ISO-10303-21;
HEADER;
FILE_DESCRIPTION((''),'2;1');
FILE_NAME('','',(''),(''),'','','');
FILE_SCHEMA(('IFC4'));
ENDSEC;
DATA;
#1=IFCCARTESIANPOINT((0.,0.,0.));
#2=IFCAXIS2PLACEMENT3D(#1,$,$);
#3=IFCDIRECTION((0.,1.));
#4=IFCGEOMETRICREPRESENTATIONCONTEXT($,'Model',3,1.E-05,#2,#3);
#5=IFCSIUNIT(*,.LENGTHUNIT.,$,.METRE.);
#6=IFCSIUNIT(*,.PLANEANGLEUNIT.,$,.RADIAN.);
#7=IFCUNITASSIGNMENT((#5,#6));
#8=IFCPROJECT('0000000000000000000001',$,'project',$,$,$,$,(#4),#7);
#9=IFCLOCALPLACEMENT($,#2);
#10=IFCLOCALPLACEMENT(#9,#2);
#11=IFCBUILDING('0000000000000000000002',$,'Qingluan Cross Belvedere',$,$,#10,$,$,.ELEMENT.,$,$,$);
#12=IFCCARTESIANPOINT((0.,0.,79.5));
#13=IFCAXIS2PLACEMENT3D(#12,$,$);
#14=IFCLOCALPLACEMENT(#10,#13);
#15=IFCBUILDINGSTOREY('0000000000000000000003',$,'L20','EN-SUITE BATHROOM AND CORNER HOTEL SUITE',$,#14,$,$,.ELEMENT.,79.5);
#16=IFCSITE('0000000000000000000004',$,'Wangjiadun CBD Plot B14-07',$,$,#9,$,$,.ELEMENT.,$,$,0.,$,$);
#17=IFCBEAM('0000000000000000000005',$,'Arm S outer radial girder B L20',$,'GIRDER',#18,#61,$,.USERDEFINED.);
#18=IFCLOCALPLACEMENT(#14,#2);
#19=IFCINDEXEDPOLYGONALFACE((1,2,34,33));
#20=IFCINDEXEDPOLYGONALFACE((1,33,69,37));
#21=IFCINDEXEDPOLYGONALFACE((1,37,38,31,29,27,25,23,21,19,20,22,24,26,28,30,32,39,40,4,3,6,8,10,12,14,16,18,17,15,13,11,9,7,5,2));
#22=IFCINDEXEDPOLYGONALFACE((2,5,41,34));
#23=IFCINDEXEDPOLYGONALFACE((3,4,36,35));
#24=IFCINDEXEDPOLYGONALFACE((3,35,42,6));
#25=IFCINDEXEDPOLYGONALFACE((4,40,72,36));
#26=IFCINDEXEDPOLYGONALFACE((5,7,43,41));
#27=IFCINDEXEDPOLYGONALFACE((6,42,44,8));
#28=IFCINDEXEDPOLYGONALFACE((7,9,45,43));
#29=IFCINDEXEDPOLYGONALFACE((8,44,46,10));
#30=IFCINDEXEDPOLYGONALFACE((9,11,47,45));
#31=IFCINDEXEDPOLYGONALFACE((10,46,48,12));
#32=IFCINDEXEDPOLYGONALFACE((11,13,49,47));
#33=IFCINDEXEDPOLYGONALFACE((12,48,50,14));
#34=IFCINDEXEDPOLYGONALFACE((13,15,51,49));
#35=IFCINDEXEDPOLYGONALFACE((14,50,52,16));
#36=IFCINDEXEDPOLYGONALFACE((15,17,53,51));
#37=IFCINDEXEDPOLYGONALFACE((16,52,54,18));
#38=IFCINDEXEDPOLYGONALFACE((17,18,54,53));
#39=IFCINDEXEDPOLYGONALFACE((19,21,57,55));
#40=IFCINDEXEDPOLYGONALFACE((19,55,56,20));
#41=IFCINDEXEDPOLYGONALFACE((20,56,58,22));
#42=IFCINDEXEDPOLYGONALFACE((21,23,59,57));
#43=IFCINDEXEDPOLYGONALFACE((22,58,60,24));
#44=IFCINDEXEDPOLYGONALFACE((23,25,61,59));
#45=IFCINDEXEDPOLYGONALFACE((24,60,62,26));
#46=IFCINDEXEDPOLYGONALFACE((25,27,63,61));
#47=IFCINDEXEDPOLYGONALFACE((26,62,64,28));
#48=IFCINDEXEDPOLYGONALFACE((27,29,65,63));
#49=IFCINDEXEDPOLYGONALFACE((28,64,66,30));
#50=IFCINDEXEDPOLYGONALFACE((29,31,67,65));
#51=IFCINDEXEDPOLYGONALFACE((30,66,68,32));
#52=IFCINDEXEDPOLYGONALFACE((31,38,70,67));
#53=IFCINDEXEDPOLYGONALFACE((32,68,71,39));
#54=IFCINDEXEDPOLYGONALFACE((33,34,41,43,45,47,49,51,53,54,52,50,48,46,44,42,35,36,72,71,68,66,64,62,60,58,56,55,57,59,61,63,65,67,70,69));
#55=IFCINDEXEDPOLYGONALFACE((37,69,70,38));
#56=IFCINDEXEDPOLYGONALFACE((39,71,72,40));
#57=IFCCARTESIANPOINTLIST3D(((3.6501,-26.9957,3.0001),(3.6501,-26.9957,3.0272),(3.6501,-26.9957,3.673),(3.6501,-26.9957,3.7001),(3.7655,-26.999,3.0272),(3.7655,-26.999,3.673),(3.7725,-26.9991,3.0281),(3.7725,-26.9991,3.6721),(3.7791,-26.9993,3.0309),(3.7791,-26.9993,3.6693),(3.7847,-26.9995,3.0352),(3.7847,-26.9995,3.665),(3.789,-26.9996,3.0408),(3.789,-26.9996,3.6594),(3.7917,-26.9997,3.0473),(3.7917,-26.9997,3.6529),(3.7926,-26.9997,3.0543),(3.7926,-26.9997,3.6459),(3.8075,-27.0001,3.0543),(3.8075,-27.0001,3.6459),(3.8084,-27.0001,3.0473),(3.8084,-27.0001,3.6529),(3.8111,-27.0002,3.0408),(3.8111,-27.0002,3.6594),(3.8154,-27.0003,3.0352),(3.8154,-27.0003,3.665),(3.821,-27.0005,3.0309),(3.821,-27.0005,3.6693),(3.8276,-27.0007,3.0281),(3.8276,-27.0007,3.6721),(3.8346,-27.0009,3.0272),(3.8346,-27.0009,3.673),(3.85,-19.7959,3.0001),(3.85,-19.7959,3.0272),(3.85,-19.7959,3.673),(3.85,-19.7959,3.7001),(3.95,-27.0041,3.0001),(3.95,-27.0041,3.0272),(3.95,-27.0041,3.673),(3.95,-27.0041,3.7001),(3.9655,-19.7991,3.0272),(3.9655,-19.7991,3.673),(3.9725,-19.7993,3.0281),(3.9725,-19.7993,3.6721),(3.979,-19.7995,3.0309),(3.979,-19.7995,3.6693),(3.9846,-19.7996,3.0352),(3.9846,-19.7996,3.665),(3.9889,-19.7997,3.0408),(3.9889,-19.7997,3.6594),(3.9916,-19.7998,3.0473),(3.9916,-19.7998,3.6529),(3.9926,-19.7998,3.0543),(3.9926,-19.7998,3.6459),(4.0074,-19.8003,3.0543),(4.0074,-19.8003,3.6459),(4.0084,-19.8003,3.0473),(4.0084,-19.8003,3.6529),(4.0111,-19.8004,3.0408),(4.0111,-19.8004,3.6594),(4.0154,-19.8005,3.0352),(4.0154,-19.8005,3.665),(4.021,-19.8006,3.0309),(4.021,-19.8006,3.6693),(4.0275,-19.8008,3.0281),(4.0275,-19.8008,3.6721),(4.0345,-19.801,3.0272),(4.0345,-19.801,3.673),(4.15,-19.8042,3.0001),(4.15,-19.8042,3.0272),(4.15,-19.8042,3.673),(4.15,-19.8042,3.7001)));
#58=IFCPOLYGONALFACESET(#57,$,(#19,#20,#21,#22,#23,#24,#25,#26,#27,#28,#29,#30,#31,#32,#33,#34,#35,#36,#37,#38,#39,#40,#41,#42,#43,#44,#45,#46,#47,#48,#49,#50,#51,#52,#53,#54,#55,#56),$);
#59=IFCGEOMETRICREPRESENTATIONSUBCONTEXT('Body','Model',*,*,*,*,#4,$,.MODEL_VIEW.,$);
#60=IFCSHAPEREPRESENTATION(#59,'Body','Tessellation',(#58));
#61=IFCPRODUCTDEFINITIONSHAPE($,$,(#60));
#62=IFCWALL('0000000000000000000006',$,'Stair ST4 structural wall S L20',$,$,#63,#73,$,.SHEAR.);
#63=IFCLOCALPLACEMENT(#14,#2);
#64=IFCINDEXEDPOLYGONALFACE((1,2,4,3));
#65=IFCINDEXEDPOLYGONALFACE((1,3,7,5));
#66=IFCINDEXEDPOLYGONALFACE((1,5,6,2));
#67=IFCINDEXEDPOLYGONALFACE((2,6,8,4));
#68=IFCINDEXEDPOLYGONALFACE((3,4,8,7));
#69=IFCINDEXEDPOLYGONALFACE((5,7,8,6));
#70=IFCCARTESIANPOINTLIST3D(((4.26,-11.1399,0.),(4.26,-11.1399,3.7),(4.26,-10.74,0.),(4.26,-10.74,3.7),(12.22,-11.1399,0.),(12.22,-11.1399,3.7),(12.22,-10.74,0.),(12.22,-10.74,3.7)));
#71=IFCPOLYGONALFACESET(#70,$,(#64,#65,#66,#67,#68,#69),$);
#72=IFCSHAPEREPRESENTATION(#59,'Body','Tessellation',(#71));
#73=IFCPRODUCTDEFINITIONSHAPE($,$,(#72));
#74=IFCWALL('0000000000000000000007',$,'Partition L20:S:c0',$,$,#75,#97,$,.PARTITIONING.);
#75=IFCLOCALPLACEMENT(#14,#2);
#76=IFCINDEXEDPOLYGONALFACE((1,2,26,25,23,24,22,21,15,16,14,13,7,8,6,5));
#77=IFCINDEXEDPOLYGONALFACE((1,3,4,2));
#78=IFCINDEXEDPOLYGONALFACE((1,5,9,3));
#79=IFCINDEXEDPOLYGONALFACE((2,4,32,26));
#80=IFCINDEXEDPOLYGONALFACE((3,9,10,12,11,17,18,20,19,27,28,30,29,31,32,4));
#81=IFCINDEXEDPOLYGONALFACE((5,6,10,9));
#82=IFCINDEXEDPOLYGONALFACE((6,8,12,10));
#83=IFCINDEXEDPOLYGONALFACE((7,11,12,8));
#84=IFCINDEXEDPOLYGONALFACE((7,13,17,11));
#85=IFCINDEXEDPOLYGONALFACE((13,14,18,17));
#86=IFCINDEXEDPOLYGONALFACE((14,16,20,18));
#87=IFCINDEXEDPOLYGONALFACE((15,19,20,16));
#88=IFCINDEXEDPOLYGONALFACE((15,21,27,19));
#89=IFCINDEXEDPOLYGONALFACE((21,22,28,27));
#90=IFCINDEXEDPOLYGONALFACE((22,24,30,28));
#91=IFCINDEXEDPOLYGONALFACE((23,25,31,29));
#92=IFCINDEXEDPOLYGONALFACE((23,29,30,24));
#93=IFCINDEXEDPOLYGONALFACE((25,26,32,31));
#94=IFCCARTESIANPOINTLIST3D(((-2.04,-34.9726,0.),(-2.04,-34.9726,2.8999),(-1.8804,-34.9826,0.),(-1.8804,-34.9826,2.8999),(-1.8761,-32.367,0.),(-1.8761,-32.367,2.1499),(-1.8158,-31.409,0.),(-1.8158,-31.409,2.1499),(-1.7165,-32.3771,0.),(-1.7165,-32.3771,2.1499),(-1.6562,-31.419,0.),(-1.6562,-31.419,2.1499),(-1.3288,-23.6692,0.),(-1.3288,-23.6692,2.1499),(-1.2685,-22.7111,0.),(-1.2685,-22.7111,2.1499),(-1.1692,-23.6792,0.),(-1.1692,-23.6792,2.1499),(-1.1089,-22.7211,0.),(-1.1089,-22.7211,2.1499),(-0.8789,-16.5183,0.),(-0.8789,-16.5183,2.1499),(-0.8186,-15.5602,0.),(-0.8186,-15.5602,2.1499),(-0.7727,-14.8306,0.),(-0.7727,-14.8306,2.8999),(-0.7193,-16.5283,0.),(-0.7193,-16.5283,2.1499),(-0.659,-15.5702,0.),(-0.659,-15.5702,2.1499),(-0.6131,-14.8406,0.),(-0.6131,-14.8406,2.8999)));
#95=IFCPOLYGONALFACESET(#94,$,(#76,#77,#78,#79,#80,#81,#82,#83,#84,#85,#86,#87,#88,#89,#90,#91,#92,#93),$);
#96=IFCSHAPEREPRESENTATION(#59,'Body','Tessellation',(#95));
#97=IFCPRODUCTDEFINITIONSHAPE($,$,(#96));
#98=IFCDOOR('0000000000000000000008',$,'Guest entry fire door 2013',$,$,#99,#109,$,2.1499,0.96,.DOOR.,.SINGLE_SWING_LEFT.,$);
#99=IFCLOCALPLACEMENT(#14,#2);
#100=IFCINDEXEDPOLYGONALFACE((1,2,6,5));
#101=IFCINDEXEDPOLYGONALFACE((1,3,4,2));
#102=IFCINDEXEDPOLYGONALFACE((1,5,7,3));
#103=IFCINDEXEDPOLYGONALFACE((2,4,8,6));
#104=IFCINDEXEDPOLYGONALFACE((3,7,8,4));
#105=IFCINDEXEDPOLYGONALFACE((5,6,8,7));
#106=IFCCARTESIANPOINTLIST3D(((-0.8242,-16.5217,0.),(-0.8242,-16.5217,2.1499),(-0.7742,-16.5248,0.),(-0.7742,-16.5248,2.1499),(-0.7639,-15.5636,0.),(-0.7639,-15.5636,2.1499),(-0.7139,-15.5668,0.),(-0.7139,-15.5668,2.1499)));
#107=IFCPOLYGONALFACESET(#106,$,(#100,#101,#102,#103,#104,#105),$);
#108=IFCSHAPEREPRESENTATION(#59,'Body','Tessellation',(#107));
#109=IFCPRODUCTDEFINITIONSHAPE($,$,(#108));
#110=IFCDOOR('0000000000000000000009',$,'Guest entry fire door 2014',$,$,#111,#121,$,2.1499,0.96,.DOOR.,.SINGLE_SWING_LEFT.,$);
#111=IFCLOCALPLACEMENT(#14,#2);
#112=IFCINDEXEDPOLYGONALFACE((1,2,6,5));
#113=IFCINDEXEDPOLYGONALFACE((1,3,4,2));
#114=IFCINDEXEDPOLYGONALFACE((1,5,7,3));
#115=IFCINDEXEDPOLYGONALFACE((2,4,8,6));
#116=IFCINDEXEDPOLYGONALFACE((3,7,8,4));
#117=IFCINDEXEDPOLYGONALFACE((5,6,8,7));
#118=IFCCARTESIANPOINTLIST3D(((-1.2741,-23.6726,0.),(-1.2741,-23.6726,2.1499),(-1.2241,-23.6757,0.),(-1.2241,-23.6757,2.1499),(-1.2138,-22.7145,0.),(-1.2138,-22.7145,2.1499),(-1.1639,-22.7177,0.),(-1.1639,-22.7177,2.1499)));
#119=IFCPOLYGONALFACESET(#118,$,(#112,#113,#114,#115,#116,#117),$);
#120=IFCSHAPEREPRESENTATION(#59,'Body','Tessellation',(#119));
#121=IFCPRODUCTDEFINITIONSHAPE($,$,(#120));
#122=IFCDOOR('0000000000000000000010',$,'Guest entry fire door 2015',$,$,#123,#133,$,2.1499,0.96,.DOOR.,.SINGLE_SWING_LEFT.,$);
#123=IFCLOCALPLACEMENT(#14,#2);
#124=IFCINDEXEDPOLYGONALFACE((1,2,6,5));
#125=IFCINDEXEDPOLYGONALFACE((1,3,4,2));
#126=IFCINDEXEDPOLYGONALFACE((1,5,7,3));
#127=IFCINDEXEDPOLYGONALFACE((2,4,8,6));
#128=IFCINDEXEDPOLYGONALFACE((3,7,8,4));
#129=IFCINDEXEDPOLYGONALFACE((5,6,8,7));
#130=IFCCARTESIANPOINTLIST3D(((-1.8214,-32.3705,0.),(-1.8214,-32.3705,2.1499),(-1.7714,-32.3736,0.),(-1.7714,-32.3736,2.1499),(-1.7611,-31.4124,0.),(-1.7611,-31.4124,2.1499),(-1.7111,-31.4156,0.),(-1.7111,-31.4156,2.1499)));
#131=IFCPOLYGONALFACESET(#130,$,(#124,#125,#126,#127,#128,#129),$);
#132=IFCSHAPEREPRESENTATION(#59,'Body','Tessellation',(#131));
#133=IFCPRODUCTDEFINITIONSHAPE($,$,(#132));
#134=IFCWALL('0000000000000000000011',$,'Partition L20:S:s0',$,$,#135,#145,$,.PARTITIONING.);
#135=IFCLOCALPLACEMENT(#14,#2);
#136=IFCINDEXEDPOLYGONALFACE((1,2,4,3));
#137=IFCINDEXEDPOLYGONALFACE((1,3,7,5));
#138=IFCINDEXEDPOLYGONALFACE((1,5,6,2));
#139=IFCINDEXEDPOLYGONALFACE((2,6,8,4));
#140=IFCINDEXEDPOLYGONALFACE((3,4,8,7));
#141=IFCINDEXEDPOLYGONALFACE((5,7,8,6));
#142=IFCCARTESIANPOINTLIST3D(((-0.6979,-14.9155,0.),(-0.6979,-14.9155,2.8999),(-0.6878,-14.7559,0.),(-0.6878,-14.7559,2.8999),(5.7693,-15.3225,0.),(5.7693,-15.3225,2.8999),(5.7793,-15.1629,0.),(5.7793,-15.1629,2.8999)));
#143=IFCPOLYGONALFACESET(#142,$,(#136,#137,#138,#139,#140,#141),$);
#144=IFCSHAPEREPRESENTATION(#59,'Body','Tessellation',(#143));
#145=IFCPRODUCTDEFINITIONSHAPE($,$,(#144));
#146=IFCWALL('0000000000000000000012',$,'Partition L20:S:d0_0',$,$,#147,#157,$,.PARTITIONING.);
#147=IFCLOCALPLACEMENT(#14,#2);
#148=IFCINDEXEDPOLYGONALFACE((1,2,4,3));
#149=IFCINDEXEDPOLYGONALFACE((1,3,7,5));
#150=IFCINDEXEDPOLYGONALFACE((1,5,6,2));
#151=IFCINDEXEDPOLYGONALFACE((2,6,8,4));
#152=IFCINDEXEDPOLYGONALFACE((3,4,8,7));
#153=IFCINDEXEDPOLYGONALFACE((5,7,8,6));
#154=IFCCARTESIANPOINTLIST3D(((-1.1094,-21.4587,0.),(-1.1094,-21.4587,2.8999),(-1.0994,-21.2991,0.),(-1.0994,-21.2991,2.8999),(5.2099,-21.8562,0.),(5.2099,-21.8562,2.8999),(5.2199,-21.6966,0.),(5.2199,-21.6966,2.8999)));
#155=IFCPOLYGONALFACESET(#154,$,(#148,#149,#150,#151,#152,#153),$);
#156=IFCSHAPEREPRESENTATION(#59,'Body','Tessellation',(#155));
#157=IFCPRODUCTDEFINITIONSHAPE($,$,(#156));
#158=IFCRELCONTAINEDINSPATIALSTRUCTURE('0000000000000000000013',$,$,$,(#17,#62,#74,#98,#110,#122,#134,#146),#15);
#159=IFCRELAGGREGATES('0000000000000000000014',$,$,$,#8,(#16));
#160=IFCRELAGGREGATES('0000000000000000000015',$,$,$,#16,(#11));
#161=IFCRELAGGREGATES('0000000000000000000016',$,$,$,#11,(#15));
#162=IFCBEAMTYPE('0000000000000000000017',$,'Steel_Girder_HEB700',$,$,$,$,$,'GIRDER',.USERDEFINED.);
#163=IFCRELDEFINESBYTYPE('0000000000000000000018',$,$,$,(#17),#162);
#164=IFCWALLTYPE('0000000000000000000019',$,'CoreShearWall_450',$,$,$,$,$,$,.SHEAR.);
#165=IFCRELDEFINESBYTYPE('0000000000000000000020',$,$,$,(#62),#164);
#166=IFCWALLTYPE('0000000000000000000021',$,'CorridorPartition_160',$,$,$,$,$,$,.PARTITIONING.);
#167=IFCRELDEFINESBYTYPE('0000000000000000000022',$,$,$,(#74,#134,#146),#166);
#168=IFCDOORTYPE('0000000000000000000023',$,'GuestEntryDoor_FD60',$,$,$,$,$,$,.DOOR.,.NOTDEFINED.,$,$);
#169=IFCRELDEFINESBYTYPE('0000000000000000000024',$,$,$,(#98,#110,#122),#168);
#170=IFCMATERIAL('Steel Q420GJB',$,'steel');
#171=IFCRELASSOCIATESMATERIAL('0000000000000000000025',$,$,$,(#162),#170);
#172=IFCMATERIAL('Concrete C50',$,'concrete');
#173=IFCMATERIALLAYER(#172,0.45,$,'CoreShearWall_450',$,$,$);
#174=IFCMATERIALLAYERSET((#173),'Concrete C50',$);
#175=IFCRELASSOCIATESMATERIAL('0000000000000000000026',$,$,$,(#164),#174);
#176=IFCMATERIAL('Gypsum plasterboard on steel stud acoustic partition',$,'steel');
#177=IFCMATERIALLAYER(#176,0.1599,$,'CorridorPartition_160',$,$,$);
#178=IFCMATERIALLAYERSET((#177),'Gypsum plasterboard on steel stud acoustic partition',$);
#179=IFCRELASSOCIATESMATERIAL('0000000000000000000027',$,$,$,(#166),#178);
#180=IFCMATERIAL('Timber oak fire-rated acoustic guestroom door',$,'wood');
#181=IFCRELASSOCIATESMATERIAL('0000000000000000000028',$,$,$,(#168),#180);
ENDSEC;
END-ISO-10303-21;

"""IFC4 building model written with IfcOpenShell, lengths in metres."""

from ifc_helpers import new_model, si_unit, direction, frame, frame_2d, origin, origin_2d, place, context, subcontext, project, spatial, rectangle, i_section, extrude, material, layer, layer_set, material_profile, profile_set, type_object, element, fill, save


model = new_model("IFC4")

# Units and contexts
model_context = context("Model", 3, precision=1e-05, world=origin(), true_north=direction((0.0, 1.0)))
body_context = subcontext(model_context, "Body", "Model", "MODEL_VIEW")
ifc_project = project(units=[si_unit("LENGTHUNIT", "METRE"), si_unit("PLANEANGLEUNIT", "RADIAN")], contexts=[model_context])

# Site, building, storey
site_placement = place(None, origin())
site = spatial("IfcSite", under=ifc_project, at=site_placement, Name="Wangjiadun CBD Plot B14-07", CompositionType="ELEMENT", RefElevation=0.0)
building_placement = place(site_placement, origin())
building = spatial("IfcBuilding", under=site, at=building_placement, Name="Qingluan Cross Belvedere", CompositionType="ELEMENT")
storey_placement = place(building_placement, frame((0.0, 0.0, 79.5)))
storey = spatial("IfcBuildingStorey", under=building, at=storey_placement, Name="L20", Description="EN-SUITE BATHROOM AND CORNER HOTEL SUITE", CompositionType="ELEMENT", Elevation=79.5)

# Beam
ifc_material_1 = material(Name="Steel Q420GJB", Category="steel")
ifc_material_profile_1 = material_profile(ifc_material_1, i_section(OverallWidth=0.3, OverallDepth=0.7, WebThickness=0.0149, FlangeThickness=0.0271, FilletRadius=0.0271, at=origin_2d()), Name="HEB700")
ifc_profile_set_1 = profile_set([ifc_material_profile_1], Name="Steel Q420GJB")
beam_type = type_object("IfcBeamType", Name="Steel_Girder_HEB700", ElementType="GIRDER", PredefinedType="USERDEFINED", material=ifc_profile_set_1)
beam_1_placement = place(storey_placement, frame((4.0, -19.8, 3.3501), z_axis=(-0.02776, -0.999615, 0.0), x_axis=(0.999615, -0.02776, 0.0)))
element("IfcBeam", 1, at=beam_1_placement, inside=storey, type_object=beam_type, Name="Arm S outer radial girder B L20", ObjectType="GIRDER", PredefinedType="USERDEFINED", context=body_context, shape_type="SweptSolid", body=[
    extrude(i_section(OverallWidth=0.3, OverallDepth=0.7, WebThickness=0.0149, FlangeThickness=0.0271, FilletRadius=0.0271, at=origin_2d()), origin(), (0.0, 0.0, 1.0), 7.2026),
])

# Wall
ifc_material_2 = material(Name="Concrete C50", Category="concrete")
ifc_layer_1 = layer(ifc_material_2, 0.45, Name="CoreShearWall_450")
ifc_layer_set_1 = layer_set([ifc_layer_1], Name="Concrete C50")
wall_type_1 = type_object("IfcWallType", Name="CoreShearWall_450", PredefinedType="SHEAR", material=ifc_layer_set_1)
wall_1_placement = place(storey_placement, frame((4.26, -10.9399, 0.0), z_axis=(0.0, 0.0, 1.0), x_axis=(1.0, 0.0, 0.0)))
element("IfcWall", 2, at=wall_1_placement, inside=storey, type_object=wall_type_1, Name="Stair ST4 structural wall S L20", PredefinedType="SHEAR", context=body_context, shape_type="SweptSolid", body=[
    extrude(rectangle(XDim=7.96, YDim=0.3999, at=frame_2d((3.98, 0.0))), origin(), (0.0, 0.0, 1.0), 3.7),
])

# Wall, openings, doors
ifc_material_3 = material(Name="Gypsum plasterboard on steel stud acoustic partition", Category="steel")
ifc_layer_2 = layer(ifc_material_3, 0.1599, Name="CorridorPartition_160")
ifc_layer_set_2 = layer_set([ifc_layer_2], Name="Gypsum plasterboard on steel stud acoustic partition")
wall_type_2 = type_object("IfcWallType", Name="CorridorPartition_160", PredefinedType="PARTITIONING", material=ifc_layer_set_2)
wall_2_placement = place(storey_placement, frame((-0.6929, -14.8357, 0.0), z_axis=(0.0, 0.0, 1.0), x_axis=(-0.062796, -0.998026, 0.0)))
wall_2 = element("IfcWall", 3, at=wall_2_placement, inside=storey, type_object=wall_type_2, Name="Partition L20:S:c0", PredefinedType="PARTITIONING", context=body_context, shape_type="SweptSolid", body=[
    extrude(rectangle(XDim=20.1819, YDim=0.1599, at=frame_2d((10.0908, 0.0))), origin(), (0.0, 0.0, 1.0), 2.8999),
])
opening_1_placement = place(wall_2_placement, frame((0.731, 0.0, 0.0)))
opening_1 = element("IfcOpeningElement", 4, at=opening_1_placement, cuts=wall_2, PredefinedType="OPENING", context=body_context, shape_type="SweptSolid", body=[
    extrude(rectangle(XDim=0.96, YDim=2.1499, at=frame_2d((0.48, 1.075))), frame((0.0, 0.0898, 0.0), z_axis=(0.0, -1.0, 0.0), x_axis=(1.0, 0.0, 0.0)), (0.0, 0.0, 1.0), 0.1799),
])
opening_2_placement = place(wall_2_placement, frame((7.896, 0.0, 0.0)))
opening_2 = element("IfcOpeningElement", 5, at=opening_2_placement, cuts=wall_2, PredefinedType="OPENING", context=body_context, shape_type="SweptSolid", body=[
    extrude(rectangle(XDim=0.96, YDim=2.1499, at=frame_2d((0.48, 1.075))), frame((0.0, 0.0898, 0.0), z_axis=(0.0, -1.0, 0.0), x_axis=(1.0, 0.0, 0.0)), (0.0, 0.0, 1.0), 0.1799),
])
opening_3_placement = place(wall_2_placement, frame((16.6111, 0.0, 0.0)))
opening_3 = element("IfcOpeningElement", 6, at=opening_3_placement, cuts=wall_2, PredefinedType="OPENING", context=body_context, shape_type="SweptSolid", body=[
    extrude(rectangle(XDim=0.96, YDim=2.1499, at=frame_2d((0.48, 1.075))), frame((0.0, 0.0898, 0.0), z_axis=(0.0, -1.0, 0.0), x_axis=(1.0, 0.0, 0.0)), (0.0, 0.0, 1.0), 0.1799),
])
ifc_material_4 = material(Name="Timber oak fire-rated acoustic guestroom door", Category="wood")
door_type_1 = type_object("IfcDoorType", Name="GuestEntryDoor_FD60", OperationType="NOTDEFINED", PredefinedType="DOOR", material=ifc_material_4)
door_1_placement = place(opening_1_placement, origin())
door_1 = element("IfcDoor", 7, at=door_1_placement, inside=storey, type_object=door_type_1, Name="Guest entry fire door 2013", OperationType="SINGLE_SWING_LEFT", OverallHeight=2.1499, OverallWidth=0.96, PredefinedType="DOOR", context=body_context, shape_type="SweptSolid", body=[
    extrude(rectangle(XDim=0.96, YDim=2.1499, at=frame_2d((0.48, 1.075))), frame((0.0, 0.0249, 0.0), z_axis=(0.0, -1.0, 0.0), x_axis=(1.0, 0.0, 0.0)), (0.0, 0.0, 1.0), 0.05),
])
fill(opening_1, door_1)
door_2_placement = place(opening_2_placement, origin())
door_2 = element("IfcDoor", 8, at=door_2_placement, inside=storey, type_object=door_type_1, Name="Guest entry fire door 2014", OperationType="SINGLE_SWING_LEFT", OverallHeight=2.1499, OverallWidth=0.96, PredefinedType="DOOR", context=body_context, shape_type="SweptSolid", body=[
    extrude(rectangle(XDim=0.96, YDim=2.1499, at=frame_2d((0.48, 1.075))), frame((0.0, 0.0249, 0.0), z_axis=(0.0, -1.0, 0.0), x_axis=(1.0, 0.0, 0.0)), (0.0, 0.0, 1.0), 0.05),
])
fill(opening_2, door_2)
door_3_placement = place(opening_3_placement, origin())
door_3 = element("IfcDoor", 9, at=door_3_placement, inside=storey, type_object=door_type_1, Name="Guest entry fire door 2015", OperationType="SINGLE_SWING_LEFT", OverallHeight=2.1499, OverallWidth=0.96, PredefinedType="DOOR", context=body_context, shape_type="SweptSolid", body=[
    extrude(rectangle(XDim=0.96, YDim=2.1499, at=frame_2d((0.48, 1.075))), frame((0.0, 0.0249, 0.0), z_axis=(0.0, -1.0, 0.0), x_axis=(1.0, 0.0, 0.0)), (0.0, 0.0, 1.0), 0.05),
])
fill(opening_3, door_3)

# Walls
wall_3_placement = place(storey_placement, frame((-0.6929, -14.8357, 0.0), z_axis=(0.0, 0.0, 1.0), x_axis=(0.998026, -0.062805, 0.0)))
element("IfcWall", 10, at=wall_3_placement, inside=storey, type_object=wall_type_2, Name="Partition L20:S:s0", PredefinedType="PARTITIONING", context=body_context, shape_type="SweptSolid", body=[
    extrude(rectangle(XDim=6.48, YDim=0.1599, at=frame_2d((3.24, 0.0))), origin(), (0.0, 0.0, 1.0), 2.8999),
])
wall_4_placement = place(storey_placement, frame((-1.1045, -21.3789, 0.0), z_axis=(0.0, 0.0, 1.0), x_axis=(0.998028, -0.062772, 0.0)))
element("IfcWall", 11, at=wall_4_placement, inside=storey, type_object=wall_type_2, Name="Partition L20:S:d0_0", PredefinedType="PARTITIONING", context=body_context, shape_type="SweptSolid", body=[
    extrude(rectangle(XDim=6.3318, YDim=0.1599, at=frame_2d((3.166, 0.0))), origin(), (0.0, 0.0, 1.0), 2.8999),
])

save(model, "model.ifc")
